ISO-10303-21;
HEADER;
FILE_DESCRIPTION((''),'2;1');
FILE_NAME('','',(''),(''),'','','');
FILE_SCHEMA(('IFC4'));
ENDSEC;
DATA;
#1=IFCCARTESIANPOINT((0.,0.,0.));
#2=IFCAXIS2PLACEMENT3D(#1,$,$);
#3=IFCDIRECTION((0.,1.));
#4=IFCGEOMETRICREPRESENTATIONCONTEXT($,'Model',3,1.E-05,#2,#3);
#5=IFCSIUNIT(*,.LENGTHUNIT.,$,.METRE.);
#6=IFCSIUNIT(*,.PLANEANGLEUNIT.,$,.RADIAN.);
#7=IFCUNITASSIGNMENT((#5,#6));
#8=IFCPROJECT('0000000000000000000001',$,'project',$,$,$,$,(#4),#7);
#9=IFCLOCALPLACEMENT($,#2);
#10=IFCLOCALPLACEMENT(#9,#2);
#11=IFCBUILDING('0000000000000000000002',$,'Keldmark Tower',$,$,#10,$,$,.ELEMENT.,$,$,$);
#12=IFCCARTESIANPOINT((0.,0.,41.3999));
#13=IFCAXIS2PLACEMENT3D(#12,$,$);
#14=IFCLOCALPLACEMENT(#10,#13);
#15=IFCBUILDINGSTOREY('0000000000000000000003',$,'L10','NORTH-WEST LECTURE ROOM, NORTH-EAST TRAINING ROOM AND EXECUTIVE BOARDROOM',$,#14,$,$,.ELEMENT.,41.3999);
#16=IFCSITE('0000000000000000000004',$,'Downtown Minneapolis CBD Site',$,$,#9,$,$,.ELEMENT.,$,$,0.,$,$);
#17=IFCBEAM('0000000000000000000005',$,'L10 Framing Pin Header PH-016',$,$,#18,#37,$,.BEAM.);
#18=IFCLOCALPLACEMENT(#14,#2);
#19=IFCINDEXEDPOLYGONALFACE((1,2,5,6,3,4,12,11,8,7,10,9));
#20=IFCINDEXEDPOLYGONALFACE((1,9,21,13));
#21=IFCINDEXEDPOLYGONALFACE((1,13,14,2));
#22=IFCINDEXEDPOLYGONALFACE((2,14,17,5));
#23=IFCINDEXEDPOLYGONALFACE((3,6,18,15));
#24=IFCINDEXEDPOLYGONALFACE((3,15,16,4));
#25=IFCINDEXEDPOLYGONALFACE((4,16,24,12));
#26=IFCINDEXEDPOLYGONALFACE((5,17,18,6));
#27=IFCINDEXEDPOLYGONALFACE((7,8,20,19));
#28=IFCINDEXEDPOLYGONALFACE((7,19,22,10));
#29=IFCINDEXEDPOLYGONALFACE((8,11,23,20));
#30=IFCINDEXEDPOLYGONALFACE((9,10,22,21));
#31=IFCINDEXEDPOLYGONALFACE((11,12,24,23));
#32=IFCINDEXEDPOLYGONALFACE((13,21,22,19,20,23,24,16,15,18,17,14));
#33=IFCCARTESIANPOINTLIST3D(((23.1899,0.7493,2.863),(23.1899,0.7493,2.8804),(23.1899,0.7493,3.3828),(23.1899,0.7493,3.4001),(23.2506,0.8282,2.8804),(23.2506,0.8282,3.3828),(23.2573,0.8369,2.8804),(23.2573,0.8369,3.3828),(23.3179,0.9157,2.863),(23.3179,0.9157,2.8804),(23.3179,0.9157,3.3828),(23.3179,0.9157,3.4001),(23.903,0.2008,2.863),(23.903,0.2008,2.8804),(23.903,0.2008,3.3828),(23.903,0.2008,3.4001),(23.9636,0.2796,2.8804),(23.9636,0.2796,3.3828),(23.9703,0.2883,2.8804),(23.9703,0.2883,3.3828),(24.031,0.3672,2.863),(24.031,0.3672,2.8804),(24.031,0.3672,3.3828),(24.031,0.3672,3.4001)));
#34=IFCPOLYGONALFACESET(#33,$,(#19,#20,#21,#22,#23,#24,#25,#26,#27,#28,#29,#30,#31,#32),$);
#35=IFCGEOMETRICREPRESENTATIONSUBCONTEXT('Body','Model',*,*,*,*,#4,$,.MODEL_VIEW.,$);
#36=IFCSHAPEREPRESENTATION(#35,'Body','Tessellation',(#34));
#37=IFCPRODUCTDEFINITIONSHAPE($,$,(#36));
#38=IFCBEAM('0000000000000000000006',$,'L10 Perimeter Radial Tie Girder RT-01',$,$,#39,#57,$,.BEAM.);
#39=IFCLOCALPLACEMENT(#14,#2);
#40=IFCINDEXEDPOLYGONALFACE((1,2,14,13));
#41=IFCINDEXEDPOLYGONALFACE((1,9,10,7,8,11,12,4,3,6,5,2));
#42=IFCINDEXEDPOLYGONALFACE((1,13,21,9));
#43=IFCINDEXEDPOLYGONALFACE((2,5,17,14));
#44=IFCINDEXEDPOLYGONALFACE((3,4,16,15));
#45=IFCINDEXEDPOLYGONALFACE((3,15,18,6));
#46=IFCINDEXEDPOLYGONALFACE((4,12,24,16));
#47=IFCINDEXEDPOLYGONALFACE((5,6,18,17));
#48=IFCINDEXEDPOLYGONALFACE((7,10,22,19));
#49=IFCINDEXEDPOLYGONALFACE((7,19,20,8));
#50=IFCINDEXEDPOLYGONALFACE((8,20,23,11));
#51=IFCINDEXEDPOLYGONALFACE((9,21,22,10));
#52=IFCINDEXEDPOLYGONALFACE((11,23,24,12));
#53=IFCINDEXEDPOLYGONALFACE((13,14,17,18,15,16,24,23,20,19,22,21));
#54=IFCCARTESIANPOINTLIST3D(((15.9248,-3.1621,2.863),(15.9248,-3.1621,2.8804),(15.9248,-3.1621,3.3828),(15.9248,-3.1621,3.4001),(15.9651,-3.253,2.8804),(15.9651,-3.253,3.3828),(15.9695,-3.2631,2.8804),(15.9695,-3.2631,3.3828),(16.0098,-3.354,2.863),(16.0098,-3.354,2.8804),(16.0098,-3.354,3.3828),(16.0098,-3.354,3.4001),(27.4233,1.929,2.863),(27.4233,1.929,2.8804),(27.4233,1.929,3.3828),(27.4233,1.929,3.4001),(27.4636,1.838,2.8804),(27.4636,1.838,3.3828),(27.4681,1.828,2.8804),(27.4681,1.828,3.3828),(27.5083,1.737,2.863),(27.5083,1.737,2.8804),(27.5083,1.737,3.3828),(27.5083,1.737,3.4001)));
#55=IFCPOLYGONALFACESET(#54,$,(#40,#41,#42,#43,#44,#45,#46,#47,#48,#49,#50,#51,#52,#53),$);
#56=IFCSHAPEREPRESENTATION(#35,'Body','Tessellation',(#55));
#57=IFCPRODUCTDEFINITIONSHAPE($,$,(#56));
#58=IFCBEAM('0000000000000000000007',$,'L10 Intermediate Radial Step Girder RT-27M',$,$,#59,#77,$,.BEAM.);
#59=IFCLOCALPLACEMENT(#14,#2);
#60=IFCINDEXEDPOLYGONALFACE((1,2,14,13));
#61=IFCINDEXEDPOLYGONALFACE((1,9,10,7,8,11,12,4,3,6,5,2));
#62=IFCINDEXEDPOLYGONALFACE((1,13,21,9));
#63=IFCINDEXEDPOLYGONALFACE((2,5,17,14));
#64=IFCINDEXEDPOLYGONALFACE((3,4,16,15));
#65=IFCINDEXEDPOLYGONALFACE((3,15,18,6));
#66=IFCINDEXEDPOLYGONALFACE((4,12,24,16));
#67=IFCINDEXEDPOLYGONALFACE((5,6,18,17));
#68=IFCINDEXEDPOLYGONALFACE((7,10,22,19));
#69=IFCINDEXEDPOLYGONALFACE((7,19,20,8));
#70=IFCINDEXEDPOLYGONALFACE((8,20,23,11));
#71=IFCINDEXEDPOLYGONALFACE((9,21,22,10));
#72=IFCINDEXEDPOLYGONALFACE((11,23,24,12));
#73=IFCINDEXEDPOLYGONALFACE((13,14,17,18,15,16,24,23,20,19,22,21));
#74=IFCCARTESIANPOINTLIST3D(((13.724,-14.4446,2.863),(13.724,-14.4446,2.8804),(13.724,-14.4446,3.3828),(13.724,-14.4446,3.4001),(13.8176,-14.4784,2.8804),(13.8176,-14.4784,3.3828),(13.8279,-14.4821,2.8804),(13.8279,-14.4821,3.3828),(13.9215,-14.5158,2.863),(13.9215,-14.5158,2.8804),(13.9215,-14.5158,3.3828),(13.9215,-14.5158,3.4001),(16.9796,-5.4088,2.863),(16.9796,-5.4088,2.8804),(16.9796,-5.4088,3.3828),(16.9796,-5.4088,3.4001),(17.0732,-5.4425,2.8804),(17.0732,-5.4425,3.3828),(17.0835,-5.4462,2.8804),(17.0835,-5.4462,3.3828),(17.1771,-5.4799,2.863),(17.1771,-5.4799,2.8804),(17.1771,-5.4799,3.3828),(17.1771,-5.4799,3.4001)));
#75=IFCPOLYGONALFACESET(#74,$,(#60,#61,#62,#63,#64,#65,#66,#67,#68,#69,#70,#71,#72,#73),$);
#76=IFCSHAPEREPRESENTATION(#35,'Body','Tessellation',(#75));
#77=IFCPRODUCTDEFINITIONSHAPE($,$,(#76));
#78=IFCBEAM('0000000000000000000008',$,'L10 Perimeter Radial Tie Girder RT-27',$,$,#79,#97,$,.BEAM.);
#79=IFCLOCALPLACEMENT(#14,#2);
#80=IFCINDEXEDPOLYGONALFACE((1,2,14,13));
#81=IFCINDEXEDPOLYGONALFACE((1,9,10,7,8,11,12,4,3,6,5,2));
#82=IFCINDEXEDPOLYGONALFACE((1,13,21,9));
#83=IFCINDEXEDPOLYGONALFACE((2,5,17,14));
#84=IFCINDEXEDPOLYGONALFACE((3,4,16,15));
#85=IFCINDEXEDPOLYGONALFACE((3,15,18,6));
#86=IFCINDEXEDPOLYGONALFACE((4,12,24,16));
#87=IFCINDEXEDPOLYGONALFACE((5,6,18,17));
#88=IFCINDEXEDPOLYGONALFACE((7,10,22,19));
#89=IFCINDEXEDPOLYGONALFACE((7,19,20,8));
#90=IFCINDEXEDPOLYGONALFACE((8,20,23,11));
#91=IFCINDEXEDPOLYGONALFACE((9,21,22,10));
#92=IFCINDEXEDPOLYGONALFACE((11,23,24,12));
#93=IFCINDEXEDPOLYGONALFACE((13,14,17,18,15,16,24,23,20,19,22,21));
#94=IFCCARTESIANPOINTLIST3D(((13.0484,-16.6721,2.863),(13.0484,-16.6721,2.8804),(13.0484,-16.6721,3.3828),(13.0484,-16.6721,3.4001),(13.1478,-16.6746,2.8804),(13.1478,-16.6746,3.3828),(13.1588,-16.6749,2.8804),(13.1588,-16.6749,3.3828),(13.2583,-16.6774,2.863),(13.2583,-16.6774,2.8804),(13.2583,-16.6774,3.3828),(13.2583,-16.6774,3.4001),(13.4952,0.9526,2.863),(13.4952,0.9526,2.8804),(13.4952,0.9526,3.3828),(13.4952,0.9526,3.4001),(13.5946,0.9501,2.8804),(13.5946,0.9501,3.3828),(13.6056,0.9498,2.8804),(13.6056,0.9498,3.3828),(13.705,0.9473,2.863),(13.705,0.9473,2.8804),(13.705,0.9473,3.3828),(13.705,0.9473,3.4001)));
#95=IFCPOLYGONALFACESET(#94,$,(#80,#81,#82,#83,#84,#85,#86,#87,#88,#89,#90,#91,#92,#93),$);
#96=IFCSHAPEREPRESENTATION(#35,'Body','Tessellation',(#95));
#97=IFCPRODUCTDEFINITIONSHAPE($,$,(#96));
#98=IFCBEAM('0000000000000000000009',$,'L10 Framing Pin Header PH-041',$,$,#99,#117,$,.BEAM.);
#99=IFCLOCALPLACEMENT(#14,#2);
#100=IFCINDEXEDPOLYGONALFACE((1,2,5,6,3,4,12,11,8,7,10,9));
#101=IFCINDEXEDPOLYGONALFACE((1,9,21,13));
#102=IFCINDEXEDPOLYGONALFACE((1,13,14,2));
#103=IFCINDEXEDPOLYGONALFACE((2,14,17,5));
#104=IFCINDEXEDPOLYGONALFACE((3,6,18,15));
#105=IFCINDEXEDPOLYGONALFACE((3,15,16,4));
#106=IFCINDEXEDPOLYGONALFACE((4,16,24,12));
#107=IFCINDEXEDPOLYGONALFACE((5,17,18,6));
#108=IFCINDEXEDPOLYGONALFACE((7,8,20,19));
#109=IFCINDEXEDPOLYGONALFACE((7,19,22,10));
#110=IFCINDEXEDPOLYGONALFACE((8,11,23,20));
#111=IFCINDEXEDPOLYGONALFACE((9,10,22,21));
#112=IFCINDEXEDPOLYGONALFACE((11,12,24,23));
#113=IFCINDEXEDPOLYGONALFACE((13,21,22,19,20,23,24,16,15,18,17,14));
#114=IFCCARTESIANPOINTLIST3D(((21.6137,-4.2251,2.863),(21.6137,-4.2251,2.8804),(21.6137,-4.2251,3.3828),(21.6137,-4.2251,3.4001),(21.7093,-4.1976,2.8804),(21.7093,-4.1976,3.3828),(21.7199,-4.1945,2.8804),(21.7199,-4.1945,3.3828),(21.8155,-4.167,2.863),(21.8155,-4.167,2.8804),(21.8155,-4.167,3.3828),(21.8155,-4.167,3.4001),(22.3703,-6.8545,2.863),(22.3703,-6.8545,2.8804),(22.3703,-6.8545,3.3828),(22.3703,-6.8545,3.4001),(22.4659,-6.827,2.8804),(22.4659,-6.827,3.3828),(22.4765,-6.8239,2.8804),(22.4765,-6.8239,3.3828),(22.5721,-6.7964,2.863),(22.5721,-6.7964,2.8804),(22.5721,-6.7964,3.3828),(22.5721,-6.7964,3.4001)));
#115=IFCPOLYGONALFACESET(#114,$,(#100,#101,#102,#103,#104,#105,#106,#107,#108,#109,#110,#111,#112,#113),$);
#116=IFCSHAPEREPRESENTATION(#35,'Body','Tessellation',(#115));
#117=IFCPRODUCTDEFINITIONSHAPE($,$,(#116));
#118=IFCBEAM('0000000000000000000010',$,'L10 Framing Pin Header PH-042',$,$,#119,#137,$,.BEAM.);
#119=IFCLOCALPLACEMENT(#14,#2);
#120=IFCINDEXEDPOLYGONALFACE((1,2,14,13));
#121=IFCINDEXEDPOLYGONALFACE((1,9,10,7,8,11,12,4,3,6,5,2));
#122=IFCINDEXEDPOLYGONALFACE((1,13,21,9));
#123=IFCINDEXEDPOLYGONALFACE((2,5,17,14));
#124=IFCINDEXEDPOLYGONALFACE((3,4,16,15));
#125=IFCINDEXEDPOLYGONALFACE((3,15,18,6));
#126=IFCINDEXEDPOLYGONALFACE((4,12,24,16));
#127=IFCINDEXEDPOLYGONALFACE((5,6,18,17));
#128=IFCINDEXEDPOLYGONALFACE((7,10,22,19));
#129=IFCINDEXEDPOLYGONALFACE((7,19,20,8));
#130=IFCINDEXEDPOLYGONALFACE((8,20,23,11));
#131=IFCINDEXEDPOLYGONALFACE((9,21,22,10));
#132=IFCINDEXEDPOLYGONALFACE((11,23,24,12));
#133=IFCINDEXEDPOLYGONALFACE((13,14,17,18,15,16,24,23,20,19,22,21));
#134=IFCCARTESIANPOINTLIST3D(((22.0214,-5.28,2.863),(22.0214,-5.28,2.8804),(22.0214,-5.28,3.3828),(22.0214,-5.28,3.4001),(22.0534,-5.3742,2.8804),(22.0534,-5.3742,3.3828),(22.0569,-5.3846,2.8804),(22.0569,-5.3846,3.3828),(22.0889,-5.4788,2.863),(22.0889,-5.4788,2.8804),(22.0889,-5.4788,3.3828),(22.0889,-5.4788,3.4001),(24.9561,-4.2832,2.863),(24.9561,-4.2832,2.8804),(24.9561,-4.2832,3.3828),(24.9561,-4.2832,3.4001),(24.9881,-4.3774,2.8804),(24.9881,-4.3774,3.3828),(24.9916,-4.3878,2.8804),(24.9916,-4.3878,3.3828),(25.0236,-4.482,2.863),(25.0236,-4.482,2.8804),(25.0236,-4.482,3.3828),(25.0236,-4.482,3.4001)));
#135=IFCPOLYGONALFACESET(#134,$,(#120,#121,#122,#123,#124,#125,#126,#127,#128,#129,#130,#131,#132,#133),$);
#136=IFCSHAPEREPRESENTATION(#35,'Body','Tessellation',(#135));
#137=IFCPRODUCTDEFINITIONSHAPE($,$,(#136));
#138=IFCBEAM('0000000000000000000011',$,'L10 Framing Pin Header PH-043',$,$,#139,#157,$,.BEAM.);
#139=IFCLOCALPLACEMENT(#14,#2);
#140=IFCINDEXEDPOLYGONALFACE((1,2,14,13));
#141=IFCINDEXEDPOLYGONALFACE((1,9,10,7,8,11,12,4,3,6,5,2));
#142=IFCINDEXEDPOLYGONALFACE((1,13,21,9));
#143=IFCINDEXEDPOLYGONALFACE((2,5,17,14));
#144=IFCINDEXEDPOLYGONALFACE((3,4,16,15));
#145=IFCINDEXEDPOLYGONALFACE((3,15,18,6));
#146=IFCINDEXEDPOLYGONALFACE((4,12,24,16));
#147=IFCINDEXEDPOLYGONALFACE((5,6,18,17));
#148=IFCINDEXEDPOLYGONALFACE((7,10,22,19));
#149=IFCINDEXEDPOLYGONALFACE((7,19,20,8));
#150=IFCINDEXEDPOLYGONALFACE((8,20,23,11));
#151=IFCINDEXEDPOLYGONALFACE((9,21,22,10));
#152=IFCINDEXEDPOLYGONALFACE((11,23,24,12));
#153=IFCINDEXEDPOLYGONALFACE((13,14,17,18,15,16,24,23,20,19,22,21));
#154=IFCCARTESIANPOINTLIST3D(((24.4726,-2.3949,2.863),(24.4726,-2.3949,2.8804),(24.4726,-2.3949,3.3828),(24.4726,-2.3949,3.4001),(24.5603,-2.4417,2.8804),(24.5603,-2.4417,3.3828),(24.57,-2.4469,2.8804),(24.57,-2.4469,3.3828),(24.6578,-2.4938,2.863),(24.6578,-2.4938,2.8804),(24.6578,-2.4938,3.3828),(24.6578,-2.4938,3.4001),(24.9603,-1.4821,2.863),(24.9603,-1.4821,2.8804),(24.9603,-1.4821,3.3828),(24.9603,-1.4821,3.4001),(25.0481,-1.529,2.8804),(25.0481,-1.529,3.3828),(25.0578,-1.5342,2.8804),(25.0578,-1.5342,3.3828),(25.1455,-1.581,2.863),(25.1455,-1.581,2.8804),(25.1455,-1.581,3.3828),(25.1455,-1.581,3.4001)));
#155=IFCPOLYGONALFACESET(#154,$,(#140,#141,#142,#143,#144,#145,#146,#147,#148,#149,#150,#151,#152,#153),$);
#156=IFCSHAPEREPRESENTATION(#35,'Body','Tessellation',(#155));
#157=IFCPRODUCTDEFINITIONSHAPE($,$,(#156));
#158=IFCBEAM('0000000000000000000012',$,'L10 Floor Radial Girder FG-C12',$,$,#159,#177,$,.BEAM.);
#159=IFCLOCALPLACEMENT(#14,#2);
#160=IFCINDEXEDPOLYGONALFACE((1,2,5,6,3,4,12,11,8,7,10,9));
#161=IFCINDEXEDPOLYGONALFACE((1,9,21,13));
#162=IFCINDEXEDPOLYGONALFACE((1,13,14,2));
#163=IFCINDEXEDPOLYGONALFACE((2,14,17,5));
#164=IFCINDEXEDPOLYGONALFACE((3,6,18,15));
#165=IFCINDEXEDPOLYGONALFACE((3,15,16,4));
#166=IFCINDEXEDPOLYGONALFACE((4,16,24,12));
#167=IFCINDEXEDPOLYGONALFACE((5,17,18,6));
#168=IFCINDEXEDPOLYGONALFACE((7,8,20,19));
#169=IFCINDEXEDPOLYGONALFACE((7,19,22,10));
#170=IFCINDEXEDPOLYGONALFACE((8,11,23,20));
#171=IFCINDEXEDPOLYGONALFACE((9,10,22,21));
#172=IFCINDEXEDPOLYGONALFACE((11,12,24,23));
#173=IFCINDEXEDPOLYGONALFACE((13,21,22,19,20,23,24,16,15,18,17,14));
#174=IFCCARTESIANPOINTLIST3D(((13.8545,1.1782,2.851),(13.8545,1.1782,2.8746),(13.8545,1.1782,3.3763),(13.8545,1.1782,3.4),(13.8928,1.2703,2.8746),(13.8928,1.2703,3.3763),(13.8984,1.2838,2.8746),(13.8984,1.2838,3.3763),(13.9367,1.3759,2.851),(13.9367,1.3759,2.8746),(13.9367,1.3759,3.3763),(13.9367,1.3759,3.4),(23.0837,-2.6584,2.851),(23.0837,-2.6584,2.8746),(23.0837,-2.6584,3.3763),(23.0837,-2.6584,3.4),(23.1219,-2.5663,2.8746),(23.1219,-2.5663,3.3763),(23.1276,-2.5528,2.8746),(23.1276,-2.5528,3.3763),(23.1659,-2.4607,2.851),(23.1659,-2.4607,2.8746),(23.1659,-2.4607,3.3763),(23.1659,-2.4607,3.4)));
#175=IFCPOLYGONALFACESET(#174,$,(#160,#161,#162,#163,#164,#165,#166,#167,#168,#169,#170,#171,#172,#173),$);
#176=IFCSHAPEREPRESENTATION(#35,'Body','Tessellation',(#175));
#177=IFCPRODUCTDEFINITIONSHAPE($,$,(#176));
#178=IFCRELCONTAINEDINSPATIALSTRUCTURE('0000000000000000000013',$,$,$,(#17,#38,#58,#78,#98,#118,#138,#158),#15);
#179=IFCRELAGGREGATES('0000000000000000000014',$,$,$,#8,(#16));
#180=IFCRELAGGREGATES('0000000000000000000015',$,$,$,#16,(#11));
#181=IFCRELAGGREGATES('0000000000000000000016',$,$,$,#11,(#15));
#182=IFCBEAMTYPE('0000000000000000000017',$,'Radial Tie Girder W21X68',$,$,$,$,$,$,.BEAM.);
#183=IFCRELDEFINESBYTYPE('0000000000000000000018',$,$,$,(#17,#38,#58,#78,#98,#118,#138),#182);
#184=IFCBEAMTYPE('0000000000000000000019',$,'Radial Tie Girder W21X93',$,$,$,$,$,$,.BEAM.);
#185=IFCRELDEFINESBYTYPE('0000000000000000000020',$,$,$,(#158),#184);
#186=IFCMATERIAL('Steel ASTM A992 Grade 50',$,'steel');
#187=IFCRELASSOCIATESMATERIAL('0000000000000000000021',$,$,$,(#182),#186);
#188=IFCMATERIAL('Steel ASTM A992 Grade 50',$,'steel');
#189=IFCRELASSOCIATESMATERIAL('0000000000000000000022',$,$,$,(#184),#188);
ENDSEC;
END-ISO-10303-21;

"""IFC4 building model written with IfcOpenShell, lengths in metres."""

from ifc_helpers import new_model, si_unit, direction, frame, origin, origin_2d, place, context, subcontext, project, spatial, i_section, extrude, material, material_profile, profile_set, type_object, element, save


model = new_model("IFC4")

# Units and contexts
model_context = context("Model", 3, precision=1e-05, world=origin(), true_north=direction((0.0, 1.0)))
body_context = subcontext(model_context, "Body", "Model", "MODEL_VIEW")
ifc_project = project(units=[si_unit("LENGTHUNIT", "METRE"), si_unit("PLANEANGLEUNIT", "RADIAN")], contexts=[model_context])

# Site, building, storey
site_placement = place(None, origin())
site = spatial("IfcSite", under=ifc_project, at=site_placement, Name="Downtown Minneapolis CBD Site", CompositionType="ELEMENT", RefElevation=0.0)
building_placement = place(site_placement, origin())
building = spatial("IfcBuilding", under=site, at=building_placement, Name="Keldmark Tower", CompositionType="ELEMENT")
storey_placement = place(building_placement, frame((0.0, 0.0, 41.3999)))
storey = spatial("IfcBuildingStorey", under=building, at=storey_placement, Name="L10", Description="NORTH-WEST LECTURE ROOM, NORTH-EAST TRAINING ROOM AND EXECUTIVE BOARDROOM", CompositionType="ELEMENT", Elevation=41.3999)

# Beams
ifc_material_1 = material(Name="Steel ASTM A992 Grade 50", Category="steel")
ifc_material_profile_1 = material_profile(ifc_material_1, i_section(OverallWidth=0.21, OverallDepth=0.5371, WebThickness=0.011, FlangeThickness=0.0173, at=origin_2d()), Name="W21X68")
ifc_profile_set_1 = profile_set([ifc_material_profile_1], Name="Steel ASTM A992 Grade 50")
beam_type_1 = type_object("IfcBeamType", Name="Radial Tie Girder W21X68", PredefinedType="BEAM", material=ifc_profile_set_1)
beam_1_placement = place(storey_placement, frame((23.2539, 0.8325, 3.1316), z_axis=(0.792614, -0.609724, 0.0), x_axis=(0.609724, 0.792614, 0.0)))
element("IfcBeam", 1, at=beam_1_placement, inside=storey, type_object=beam_type_1, Name="L10 Framing Pin Header PH-016", PredefinedType="BEAM", context=body_context, shape_type="SweptSolid", body=[
    extrude(i_section(OverallWidth=0.21, OverallDepth=0.5371, WebThickness=0.011, FlangeThickness=0.0173, at=origin_2d()), origin(), (0.0, 0.0, 1.0), 0.8997),
])
beam_2_placement = place(storey_placement, frame((15.9673, -3.2581, 3.1316), z_axis=(0.914383, 0.40485, 0.0), x_axis=(-0.40485, 0.914383, 0.0)))
element("IfcBeam", 2, at=beam_2_placement, inside=storey, type_object=beam_type_1, Name="L10 Perimeter Radial Tie Girder RT-01", PredefinedType="BEAM", context=body_context, shape_type="SweptSolid", body=[
    extrude(i_section(OverallWidth=0.21, OverallDepth=0.5371, WebThickness=0.011, FlangeThickness=0.0173, at=origin_2d()), origin(), (0.0, 0.0, 1.0), 12.5752),
])
beam_3_placement = place(storey_placement, frame((17.0784, -5.4443, 3.1316), z_axis=(-0.338968, -0.940798, 0.0), x_axis=(0.940798, -0.338968, 0.0)))
element("IfcBeam", 3, at=beam_3_placement, inside=storey, type_object=beam_type_1, Name="L10 Intermediate Radial Step Girder RT-27M", PredefinedType="BEAM", context=body_context, shape_type="SweptSolid", body=[
    extrude(i_section(OverallWidth=0.21, OverallDepth=0.5371, WebThickness=0.011, FlangeThickness=0.0173, at=origin_2d()), origin(), (0.0, 0.0, 1.0), 9.6045),
])
beam_4_placement = place(storey_placement, frame((13.6001, 0.95, 3.1316), z_axis=(-0.025341, -0.999679, 0.0), x_axis=(0.999679, -0.025341, 0.0)))
element("IfcBeam", 4, at=beam_4_placement, inside=storey, type_object=beam_type_1, Name="L10 Perimeter Radial Tie Girder RT-27", PredefinedType="BEAM", context=body_context, shape_type="SweptSolid", body=[
    extrude(i_section(OverallWidth=0.21, OverallDepth=0.5371, WebThickness=0.011, FlangeThickness=0.0173, at=origin_2d()), origin(), (0.0, 0.0, 1.0), 17.6304),
])
beam_5_placement = place(storey_placement, frame((21.7146, -4.196, 3.1316), z_axis=(0.276524, -0.961007, 0.0), x_axis=(0.961007, 0.276524, 0.0)))
element("IfcBeam", 5, at=beam_5_placement, inside=storey, type_object=beam_type_1, Name="L10 Framing Pin Header PH-041", PredefinedType="BEAM", context=body_context, shape_type="SweptSolid", body=[
    extrude(i_section(OverallWidth=0.21, OverallDepth=0.5371, WebThickness=0.011, FlangeThickness=0.0173, at=origin_2d()), origin(), (0.0, 0.0, 1.0), 2.7361),
])
beam_6_placement = place(storey_placement, frame((22.0552, -5.3794, 3.1316), z_axis=(0.946872, 0.32161, 0.0), x_axis=(-0.32161, 0.946872, 0.0)))
element("IfcBeam", 6, at=beam_6_placement, inside=storey, type_object=beam_type_1, Name="L10 Framing Pin Header PH-042", PredefinedType="BEAM", context=body_context, shape_type="SweptSolid", body=[
    extrude(i_section(OverallWidth=0.21, OverallDepth=0.5371, WebThickness=0.011, FlangeThickness=0.0173, at=origin_2d()), origin(), (0.0, 0.0, 1.0), 3.0994),
])
beam_7_placement = place(storey_placement, frame((24.5652, -2.4443, 3.1316), z_axis=(0.471298, 0.881974, 0.0), x_axis=(-0.881974, 0.471298, 0.0)))
element("IfcBeam", 7, at=beam_7_placement, inside=storey, type_object=beam_type_1, Name="L10 Framing Pin Header PH-043", PredefinedType="BEAM", context=body_context, shape_type="SweptSolid", body=[
    extrude(i_section(OverallWidth=0.21, OverallDepth=0.5371, WebThickness=0.011, FlangeThickness=0.0173, at=origin_2d()), origin(), (0.0, 0.0, 1.0), 1.0349),
])
ifc_material_2 = material(Name="Steel ASTM A992 Grade 50", Category="steel")
ifc_material_profile_2 = material_profile(ifc_material_2, i_section(OverallWidth=0.2141, OverallDepth=0.5491, WebThickness=0.0146, FlangeThickness=0.0237, at=origin_2d()), Name="W21X93")
ifc_profile_set_2 = profile_set([ifc_material_profile_2], Name="Steel ASTM A992 Grade 50")
beam_type_2 = type_object("IfcBeamType", Name="Radial Tie Girder W21X93", PredefinedType="BEAM", material=ifc_profile_set_2)
beam_8_placement = place(storey_placement, frame((23.1248, -2.5596, 3.1255), z_axis=(-0.923391, 0.383861, 0.0), x_axis=(-0.383861, -0.923391, 0.0)))
element("IfcBeam", 8, at=beam_8_placement, inside=storey, type_object=beam_type_2, Name="L10 Floor Radial Girder FG-C12", PredefinedType="BEAM", context=body_context, shape_type="SweptSolid", body=[
    extrude(i_section(OverallWidth=0.2141, OverallDepth=0.5491, WebThickness=0.0146, FlangeThickness=0.0237, at=origin_2d()), origin(), (0.0, 0.0, 1.0), 9.9949),
])

save(model, "model.ifc")
